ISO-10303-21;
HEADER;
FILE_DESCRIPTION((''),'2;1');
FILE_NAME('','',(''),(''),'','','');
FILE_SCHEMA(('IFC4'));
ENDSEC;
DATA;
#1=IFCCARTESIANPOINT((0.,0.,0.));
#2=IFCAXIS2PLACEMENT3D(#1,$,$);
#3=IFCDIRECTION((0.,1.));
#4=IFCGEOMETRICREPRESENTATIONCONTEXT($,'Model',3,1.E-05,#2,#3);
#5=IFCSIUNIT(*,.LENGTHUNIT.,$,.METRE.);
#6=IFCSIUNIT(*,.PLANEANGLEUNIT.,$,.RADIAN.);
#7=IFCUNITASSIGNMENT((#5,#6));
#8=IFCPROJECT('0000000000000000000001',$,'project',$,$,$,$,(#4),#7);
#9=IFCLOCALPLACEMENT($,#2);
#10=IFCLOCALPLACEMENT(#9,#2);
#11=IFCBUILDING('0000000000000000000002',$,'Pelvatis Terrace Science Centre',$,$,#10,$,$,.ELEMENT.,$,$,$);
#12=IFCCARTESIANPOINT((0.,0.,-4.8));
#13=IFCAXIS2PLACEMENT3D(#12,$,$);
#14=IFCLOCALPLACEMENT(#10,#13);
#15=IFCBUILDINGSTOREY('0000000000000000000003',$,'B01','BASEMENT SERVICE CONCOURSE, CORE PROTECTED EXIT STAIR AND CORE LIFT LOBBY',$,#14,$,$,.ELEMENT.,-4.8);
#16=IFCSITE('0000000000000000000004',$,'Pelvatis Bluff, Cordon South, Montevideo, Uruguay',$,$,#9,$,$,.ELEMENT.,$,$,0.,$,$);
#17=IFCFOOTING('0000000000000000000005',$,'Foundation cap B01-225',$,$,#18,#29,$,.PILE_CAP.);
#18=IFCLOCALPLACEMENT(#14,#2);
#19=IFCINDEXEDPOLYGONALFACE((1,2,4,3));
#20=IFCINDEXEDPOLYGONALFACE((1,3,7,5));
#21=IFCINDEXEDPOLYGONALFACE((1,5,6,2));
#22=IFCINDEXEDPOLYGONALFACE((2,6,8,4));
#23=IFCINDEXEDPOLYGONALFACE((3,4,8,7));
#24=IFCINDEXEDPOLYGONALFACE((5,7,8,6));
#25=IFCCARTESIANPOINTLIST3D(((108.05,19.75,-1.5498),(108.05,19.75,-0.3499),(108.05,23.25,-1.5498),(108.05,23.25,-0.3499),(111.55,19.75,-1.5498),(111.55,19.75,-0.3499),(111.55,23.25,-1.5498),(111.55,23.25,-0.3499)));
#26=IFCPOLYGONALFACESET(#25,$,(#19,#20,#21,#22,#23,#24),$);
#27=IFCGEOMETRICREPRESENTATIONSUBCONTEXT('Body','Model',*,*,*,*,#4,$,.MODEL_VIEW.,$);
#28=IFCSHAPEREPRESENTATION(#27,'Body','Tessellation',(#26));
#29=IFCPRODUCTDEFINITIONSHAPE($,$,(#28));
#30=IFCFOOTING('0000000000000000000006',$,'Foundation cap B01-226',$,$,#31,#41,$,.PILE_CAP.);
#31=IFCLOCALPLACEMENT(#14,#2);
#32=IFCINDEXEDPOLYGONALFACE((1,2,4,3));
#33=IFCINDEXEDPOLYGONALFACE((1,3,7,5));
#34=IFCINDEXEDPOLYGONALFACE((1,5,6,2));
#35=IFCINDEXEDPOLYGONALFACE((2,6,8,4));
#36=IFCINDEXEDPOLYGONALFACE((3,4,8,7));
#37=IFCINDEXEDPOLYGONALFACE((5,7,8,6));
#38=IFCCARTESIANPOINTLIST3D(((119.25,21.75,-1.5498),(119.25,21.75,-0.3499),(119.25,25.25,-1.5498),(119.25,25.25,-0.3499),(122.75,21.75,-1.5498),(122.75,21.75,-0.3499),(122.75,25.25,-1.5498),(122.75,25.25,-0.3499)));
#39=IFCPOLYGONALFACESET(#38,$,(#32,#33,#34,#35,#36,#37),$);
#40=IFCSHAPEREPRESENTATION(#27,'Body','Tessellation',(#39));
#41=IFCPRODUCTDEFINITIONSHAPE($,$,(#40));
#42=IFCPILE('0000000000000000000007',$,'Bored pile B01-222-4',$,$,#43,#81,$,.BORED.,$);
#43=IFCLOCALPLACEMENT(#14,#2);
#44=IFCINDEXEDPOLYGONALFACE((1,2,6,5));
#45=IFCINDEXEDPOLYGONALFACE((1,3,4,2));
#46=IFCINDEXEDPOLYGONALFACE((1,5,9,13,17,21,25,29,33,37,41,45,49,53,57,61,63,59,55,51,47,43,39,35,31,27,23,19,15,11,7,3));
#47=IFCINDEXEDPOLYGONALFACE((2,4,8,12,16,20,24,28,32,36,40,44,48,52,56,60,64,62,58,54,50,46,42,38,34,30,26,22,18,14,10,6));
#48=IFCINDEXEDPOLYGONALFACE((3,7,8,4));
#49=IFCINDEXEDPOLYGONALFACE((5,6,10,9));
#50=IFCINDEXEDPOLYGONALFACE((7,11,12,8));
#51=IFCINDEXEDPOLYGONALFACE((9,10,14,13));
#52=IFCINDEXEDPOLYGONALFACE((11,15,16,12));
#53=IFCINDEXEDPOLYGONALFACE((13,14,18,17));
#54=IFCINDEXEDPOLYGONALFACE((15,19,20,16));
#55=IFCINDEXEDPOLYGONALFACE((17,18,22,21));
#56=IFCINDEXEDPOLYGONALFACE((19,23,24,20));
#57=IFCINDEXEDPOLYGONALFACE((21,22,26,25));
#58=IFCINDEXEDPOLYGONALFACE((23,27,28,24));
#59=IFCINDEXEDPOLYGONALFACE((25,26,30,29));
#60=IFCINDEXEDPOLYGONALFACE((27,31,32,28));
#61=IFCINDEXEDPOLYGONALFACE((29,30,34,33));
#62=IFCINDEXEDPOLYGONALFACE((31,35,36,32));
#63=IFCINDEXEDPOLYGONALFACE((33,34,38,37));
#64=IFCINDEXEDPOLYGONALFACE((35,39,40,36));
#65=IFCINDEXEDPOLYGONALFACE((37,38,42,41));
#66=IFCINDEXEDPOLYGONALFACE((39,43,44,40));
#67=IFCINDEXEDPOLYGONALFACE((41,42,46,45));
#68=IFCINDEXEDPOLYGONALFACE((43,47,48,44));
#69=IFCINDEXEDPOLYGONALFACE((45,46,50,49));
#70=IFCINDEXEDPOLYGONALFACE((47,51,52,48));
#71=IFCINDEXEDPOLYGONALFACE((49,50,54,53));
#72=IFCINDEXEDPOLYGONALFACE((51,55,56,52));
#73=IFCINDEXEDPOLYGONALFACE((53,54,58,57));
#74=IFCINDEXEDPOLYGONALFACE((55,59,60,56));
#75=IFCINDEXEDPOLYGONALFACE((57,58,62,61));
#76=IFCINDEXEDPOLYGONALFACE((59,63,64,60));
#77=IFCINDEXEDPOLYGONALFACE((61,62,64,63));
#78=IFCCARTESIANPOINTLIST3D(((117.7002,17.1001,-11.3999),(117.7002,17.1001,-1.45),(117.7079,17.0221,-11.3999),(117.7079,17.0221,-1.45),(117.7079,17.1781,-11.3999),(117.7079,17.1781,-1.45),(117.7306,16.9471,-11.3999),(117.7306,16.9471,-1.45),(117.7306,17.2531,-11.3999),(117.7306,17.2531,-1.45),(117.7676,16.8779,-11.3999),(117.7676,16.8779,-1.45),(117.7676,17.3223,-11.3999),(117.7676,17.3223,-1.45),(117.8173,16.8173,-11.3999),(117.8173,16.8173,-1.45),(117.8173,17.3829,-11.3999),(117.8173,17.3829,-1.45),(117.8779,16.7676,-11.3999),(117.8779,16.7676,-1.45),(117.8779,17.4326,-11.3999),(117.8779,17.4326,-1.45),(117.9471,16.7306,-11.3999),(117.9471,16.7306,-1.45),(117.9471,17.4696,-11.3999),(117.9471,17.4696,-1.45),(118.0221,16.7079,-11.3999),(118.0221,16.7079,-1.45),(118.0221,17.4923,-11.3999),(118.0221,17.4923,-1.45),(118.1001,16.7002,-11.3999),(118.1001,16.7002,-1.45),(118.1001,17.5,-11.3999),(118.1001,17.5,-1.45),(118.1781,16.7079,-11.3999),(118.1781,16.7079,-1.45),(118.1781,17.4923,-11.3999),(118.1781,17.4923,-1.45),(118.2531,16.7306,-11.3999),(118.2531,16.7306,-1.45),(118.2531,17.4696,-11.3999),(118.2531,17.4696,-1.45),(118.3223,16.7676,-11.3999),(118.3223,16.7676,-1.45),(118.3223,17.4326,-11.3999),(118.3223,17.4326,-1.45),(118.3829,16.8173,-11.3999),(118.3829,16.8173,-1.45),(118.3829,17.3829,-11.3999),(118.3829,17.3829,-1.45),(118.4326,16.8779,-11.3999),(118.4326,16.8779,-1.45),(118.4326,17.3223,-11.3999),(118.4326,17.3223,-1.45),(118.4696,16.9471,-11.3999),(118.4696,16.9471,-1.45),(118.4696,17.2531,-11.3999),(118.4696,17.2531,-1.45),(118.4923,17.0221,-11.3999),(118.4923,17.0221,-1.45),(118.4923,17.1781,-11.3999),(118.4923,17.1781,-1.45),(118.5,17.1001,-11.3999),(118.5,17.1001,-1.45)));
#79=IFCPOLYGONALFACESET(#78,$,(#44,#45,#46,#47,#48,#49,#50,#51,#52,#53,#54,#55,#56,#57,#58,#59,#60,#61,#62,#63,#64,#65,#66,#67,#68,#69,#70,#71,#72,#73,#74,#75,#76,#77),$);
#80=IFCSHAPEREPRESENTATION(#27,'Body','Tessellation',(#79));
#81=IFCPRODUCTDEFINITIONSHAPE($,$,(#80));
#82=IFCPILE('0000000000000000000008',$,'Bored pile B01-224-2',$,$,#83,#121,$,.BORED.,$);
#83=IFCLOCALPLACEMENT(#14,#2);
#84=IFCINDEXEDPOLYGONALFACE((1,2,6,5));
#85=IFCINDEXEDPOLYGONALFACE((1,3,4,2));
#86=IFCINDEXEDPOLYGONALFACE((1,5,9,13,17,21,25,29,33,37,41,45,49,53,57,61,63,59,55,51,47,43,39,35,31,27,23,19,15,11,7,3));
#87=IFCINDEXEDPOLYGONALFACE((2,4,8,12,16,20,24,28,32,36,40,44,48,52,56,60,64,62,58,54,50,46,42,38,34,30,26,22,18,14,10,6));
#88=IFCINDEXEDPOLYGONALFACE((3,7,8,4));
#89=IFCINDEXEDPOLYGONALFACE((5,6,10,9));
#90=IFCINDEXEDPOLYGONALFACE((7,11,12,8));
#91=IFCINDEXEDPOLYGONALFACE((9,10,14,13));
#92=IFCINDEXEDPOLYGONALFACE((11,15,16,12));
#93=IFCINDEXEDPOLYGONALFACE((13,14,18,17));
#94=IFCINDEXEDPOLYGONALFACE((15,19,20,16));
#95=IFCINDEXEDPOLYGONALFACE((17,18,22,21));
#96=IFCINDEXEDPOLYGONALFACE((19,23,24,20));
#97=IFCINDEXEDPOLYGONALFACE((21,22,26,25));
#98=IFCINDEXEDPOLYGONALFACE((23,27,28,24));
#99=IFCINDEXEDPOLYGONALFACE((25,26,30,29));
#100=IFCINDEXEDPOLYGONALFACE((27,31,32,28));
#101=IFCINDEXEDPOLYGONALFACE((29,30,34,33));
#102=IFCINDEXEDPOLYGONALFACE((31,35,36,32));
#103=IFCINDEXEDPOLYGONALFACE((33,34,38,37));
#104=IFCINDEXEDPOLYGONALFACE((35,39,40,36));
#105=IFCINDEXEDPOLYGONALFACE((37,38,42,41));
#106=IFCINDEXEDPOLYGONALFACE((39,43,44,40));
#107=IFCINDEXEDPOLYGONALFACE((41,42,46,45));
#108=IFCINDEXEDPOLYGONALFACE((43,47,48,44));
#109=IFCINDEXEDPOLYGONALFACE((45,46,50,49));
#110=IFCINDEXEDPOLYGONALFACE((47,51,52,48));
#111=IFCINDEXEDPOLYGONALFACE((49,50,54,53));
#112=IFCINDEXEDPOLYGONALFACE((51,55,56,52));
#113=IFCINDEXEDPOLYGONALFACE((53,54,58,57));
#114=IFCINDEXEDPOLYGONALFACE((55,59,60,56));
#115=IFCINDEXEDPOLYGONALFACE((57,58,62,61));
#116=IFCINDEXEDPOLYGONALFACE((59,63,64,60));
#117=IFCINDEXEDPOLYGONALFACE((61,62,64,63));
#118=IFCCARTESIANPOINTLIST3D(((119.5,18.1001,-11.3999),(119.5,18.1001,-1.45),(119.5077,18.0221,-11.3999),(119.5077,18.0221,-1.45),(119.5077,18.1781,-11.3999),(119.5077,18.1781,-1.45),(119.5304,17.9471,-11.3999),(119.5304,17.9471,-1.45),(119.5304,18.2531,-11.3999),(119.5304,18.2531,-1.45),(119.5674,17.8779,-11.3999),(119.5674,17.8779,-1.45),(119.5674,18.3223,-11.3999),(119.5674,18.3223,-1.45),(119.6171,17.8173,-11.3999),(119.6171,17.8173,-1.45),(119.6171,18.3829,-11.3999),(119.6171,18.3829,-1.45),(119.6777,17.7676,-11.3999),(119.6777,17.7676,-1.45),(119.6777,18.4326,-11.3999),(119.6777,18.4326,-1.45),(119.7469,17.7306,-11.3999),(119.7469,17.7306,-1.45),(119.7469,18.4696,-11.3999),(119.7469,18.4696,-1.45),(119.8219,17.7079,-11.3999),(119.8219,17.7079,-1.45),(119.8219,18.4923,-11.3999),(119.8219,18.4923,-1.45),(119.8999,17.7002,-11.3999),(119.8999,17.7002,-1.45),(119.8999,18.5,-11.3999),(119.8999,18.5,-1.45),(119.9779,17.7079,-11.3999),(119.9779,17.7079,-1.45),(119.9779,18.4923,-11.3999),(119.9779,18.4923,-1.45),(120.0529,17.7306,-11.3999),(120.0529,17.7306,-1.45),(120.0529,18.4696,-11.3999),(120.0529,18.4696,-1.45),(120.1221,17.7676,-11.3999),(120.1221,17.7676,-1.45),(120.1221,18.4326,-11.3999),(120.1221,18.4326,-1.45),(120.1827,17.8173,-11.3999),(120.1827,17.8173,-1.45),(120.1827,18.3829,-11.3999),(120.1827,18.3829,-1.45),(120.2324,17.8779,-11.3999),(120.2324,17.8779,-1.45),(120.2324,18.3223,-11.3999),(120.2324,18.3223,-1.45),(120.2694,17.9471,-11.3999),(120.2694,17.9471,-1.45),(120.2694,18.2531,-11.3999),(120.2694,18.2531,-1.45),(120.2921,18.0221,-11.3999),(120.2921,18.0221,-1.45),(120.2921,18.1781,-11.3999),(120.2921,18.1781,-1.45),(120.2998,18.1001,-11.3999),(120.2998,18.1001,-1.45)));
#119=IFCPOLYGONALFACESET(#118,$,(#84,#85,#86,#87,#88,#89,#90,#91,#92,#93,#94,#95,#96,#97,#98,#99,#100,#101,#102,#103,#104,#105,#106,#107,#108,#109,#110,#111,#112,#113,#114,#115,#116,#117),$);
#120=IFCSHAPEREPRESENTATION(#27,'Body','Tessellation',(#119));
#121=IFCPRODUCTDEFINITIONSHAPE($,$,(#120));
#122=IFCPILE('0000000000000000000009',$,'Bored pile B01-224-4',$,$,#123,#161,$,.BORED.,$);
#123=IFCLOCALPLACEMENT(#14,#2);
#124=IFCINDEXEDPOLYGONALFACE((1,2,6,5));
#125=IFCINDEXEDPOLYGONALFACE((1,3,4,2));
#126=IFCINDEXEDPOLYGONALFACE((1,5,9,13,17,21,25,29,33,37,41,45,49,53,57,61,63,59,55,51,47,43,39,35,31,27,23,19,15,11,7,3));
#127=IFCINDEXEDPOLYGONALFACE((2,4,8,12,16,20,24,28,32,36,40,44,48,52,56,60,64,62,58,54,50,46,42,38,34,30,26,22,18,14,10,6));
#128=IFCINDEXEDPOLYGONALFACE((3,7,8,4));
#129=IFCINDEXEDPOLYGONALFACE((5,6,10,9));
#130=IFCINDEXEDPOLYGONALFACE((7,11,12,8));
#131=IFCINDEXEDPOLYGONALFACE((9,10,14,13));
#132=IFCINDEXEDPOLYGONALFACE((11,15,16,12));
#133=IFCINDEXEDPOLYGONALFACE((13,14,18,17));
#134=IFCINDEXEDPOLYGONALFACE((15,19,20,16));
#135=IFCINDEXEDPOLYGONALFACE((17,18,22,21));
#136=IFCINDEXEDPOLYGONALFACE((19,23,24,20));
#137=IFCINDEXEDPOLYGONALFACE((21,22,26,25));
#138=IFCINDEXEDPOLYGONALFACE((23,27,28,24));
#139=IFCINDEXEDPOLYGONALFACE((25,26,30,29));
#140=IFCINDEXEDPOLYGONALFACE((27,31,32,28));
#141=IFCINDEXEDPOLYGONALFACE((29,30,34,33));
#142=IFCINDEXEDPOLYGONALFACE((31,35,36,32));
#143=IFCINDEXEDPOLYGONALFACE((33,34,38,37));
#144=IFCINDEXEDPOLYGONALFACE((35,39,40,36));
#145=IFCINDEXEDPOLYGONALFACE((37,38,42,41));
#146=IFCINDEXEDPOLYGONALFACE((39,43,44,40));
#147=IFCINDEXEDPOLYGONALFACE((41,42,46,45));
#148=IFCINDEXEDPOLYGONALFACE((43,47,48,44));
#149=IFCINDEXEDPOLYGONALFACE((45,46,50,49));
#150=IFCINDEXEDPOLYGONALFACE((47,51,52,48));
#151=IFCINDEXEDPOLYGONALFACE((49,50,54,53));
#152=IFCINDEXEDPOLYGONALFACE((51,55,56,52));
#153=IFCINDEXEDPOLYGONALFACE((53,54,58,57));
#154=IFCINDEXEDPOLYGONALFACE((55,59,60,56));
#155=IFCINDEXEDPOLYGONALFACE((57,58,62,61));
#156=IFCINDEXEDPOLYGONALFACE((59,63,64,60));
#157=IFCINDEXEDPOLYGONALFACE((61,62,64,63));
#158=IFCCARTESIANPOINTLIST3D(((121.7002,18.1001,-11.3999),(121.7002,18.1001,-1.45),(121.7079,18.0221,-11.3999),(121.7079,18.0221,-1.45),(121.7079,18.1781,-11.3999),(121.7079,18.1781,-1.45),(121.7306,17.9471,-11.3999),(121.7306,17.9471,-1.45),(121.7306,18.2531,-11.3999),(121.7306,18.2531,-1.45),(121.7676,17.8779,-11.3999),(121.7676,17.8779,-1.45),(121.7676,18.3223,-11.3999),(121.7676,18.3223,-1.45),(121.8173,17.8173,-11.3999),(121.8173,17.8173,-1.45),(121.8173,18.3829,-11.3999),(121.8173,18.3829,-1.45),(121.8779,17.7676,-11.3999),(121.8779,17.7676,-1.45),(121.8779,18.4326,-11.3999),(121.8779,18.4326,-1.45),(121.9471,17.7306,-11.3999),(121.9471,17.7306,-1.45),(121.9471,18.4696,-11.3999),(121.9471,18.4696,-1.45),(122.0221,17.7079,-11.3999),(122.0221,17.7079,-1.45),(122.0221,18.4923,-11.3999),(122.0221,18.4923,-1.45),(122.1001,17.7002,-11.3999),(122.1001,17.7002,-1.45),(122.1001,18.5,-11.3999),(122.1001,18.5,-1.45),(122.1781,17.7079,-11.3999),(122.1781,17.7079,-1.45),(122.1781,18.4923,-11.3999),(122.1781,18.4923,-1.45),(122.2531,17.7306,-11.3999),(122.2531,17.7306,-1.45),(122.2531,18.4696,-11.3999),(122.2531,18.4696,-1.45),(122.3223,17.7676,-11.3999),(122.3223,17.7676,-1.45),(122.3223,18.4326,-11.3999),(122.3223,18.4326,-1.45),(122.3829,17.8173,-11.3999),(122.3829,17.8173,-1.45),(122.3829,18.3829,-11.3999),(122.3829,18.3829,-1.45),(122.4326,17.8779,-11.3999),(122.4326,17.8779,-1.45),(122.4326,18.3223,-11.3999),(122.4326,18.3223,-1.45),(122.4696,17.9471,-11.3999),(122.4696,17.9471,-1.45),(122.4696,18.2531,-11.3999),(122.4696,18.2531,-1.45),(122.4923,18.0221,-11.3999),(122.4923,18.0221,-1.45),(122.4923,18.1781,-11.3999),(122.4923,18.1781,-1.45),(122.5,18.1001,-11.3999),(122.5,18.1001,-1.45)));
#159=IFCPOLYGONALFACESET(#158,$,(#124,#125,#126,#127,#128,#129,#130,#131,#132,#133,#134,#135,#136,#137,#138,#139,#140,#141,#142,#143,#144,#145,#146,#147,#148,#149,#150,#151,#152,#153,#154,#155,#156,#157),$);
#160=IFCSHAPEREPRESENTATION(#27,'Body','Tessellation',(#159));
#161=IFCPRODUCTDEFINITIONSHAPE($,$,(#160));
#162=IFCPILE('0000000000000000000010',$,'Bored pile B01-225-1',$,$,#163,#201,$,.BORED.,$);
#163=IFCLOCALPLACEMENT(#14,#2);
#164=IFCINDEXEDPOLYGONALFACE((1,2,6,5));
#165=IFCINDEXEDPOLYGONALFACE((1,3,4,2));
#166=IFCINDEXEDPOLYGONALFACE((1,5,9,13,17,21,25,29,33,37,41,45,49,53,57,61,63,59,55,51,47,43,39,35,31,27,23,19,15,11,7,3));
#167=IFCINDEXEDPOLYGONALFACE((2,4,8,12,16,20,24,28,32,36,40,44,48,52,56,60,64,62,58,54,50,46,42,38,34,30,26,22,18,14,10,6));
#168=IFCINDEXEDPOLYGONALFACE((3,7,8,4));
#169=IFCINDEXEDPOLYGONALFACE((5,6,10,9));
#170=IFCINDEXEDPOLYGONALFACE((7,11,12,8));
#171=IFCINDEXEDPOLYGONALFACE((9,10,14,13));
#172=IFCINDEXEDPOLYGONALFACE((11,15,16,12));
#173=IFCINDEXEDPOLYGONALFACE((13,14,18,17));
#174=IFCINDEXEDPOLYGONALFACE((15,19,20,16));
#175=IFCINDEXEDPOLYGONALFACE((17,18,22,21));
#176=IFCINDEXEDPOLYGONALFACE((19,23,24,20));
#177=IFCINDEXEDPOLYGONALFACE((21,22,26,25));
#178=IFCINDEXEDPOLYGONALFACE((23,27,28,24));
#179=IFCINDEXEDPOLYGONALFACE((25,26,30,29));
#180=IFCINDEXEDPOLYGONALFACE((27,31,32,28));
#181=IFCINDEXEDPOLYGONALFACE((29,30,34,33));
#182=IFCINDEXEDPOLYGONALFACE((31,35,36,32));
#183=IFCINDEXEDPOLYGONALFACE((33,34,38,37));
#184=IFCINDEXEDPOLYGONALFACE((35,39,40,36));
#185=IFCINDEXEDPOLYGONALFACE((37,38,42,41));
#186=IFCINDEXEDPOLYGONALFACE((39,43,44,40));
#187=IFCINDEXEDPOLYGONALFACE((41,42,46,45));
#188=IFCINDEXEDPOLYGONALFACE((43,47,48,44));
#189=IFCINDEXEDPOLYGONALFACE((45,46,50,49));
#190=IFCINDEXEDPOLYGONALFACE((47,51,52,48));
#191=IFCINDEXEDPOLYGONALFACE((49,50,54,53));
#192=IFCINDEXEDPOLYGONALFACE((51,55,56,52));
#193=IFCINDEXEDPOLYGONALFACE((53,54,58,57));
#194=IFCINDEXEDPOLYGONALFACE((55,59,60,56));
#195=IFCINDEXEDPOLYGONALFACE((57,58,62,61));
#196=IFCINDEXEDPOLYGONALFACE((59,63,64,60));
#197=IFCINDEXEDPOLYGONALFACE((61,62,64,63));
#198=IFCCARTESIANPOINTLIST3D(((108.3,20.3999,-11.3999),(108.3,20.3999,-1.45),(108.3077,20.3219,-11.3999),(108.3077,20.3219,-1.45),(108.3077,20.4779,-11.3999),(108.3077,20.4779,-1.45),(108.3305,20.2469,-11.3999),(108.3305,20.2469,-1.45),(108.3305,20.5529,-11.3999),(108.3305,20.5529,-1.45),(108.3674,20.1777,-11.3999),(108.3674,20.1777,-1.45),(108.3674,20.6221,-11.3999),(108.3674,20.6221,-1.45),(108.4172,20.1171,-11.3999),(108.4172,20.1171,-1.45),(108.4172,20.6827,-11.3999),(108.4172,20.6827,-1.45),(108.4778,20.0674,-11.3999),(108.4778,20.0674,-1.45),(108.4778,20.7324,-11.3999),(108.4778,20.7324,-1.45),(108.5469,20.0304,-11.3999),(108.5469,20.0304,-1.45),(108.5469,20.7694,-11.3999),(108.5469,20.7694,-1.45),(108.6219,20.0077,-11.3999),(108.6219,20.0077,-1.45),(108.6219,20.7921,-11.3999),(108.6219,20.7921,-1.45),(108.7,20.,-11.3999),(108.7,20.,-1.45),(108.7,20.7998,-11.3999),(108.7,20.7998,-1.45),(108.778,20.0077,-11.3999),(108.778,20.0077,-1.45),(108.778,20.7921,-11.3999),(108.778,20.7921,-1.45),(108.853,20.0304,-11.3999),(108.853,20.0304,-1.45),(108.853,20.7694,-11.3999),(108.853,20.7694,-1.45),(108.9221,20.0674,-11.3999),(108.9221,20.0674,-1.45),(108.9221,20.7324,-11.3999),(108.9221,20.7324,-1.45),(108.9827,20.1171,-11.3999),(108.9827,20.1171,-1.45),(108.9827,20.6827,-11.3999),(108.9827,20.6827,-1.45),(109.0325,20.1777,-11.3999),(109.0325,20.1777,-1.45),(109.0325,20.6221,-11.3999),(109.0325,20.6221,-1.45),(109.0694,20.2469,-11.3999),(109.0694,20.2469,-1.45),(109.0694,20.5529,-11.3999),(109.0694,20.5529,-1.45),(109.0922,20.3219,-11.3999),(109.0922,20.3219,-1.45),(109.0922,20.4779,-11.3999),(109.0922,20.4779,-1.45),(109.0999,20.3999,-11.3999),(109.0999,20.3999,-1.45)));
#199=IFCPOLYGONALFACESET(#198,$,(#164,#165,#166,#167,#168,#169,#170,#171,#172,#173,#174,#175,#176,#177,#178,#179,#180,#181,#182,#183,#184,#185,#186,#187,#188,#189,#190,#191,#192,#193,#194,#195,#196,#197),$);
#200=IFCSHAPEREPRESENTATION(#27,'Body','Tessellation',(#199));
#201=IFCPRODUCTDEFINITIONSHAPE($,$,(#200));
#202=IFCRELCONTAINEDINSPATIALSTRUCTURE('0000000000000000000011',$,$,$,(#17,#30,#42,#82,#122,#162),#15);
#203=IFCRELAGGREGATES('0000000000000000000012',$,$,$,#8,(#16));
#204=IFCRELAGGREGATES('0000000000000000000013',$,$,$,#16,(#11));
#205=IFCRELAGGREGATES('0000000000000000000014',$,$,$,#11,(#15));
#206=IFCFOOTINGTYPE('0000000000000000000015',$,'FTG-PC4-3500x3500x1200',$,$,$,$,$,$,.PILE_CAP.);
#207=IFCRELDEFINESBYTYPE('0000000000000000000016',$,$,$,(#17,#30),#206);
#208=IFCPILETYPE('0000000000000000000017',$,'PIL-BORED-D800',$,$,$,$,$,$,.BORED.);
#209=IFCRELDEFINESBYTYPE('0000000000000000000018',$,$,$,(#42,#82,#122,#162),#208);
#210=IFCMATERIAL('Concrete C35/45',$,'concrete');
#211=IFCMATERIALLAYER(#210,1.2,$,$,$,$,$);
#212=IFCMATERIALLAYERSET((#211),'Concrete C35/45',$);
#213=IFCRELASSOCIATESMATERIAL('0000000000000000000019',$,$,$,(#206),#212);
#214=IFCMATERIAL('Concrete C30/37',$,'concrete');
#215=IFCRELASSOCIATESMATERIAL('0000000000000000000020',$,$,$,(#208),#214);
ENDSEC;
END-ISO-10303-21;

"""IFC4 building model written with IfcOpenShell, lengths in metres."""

from ifc_helpers import new_model, si_unit, direction, frame, origin, origin_2d, place, context, subcontext, project, spatial, rectangle, circle, extrude, material, layer, layer_set, material_profile, profile_set, type_object, element, save


model = new_model("IFC4")

# Units and contexts
model_context = context("Model", 3, precision=1e-05, world=origin(), true_north=direction((0.0, 1.0)))
body_context = subcontext(model_context, "Body", "Model", "MODEL_VIEW")
ifc_project = project(units=[si_unit("LENGTHUNIT", "METRE"), si_unit("PLANEANGLEUNIT", "RADIAN")], contexts=[model_context])

# Site, building, storey
site_placement = place(None, origin())
site = spatial("IfcSite", under=ifc_project, at=site_placement, Name="Pelvatis Bluff, Cordon South, Montevideo, Uruguay", CompositionType="ELEMENT", RefElevation=0.0)
building_placement = place(site_placement, origin())
building = spatial("IfcBuilding", under=site, at=building_placement, Name="Pelvatis Terrace Science Centre", CompositionType="ELEMENT")
storey_placement = place(building_placement, frame((0.0, 0.0, -4.8)))
storey = spatial("IfcBuildingStorey", under=building, at=storey_placement, Name="B01", Description="BASEMENT SERVICE CONCOURSE, CORE PROTECTED EXIT STAIR AND CORE LIFT LOBBY", CompositionType="ELEMENT", Elevation=-4.8)

# Footings
ifc_material_1 = material(Name="Concrete C35/45", Category="concrete")
ifc_layer_1 = layer(ifc_material_1, 1.2)
ifc_layer_set_1 = layer_set([ifc_layer_1], Name="Concrete C35/45")
footing_type = type_object("IfcFootingType", Name="FTG-PC4-3500x3500x1200", PredefinedType="PILE_CAP", material=ifc_layer_set_1)
for number, where, z_axis, x_axis, name in (
    (1, (109.8, 21.5, -1.5498), (0.0, 0.0, 1.0), (1.0, 0.0, 0.0), "Foundation cap B01-225"),
    (2, (121.0, 23.5, -1.5498), (0.0, 0.0, 1.0), (1.0, 0.0, 0.0), "Foundation cap B01-226"),
):
    element("IfcFooting", number, at=place(storey_placement, frame(where, z_axis=z_axis, x_axis=x_axis)), inside=storey, type_object=footing_type, Name=name, PredefinedType="PILE_CAP", context=body_context, shape_type="SweptSolid", body=[
        extrude(rectangle(XDim=3.5, YDim=3.5, at=origin_2d()), origin(), (0.0, 0.0, 1.0), 1.2),
    ])

# Piles
ifc_material_2 = material(Name="Concrete C30/37", Category="concrete")
ifc_material_profile_1 = material_profile(ifc_material_2, circle(Radius=0.3999, at=origin_2d()), Name="PILE D800")
ifc_profile_set_1 = profile_set([ifc_material_profile_1], Name="Concrete C30/37")
pile_type = type_object("IfcPileType", Name="PIL-BORED-D800", PredefinedType="BORED", material=ifc_profile_set_1)
for number, where, z_axis, x_axis, name in (
    (3, (118.1001, 17.1001, -1.45), (0.0, 0.0, -1.0), (1.0, 0.0, 0.0), "Bored pile B01-222-4"),
    (4, (119.8999, 18.1001, -1.45), (0.0, 0.0, -1.0), (1.0, 0.0, 0.0), "Bored pile B01-224-2"),
    (5, (122.1001, 18.1001, -1.45), (0.0, 0.0, -1.0), (1.0, 0.0, 0.0), "Bored pile B01-224-4"),
    (6, (108.7, 20.3999, -1.45), (0.0, 0.0, -1.0), (1.0, 0.0, 0.0), "Bored pile B01-225-1"),
):
    element("IfcPile", number, at=place(storey_placement, frame(where, z_axis=z_axis, x_axis=x_axis)), inside=storey, type_object=pile_type, Name=name, PredefinedType="BORED", context=body_context, shape_type="SweptSolid", body=[
        extrude(circle(Radius=0.3999, at=origin_2d()), origin(), (0.0, 0.0, 1.0), 9.95),
    ])

save(model, "model.ifc")
